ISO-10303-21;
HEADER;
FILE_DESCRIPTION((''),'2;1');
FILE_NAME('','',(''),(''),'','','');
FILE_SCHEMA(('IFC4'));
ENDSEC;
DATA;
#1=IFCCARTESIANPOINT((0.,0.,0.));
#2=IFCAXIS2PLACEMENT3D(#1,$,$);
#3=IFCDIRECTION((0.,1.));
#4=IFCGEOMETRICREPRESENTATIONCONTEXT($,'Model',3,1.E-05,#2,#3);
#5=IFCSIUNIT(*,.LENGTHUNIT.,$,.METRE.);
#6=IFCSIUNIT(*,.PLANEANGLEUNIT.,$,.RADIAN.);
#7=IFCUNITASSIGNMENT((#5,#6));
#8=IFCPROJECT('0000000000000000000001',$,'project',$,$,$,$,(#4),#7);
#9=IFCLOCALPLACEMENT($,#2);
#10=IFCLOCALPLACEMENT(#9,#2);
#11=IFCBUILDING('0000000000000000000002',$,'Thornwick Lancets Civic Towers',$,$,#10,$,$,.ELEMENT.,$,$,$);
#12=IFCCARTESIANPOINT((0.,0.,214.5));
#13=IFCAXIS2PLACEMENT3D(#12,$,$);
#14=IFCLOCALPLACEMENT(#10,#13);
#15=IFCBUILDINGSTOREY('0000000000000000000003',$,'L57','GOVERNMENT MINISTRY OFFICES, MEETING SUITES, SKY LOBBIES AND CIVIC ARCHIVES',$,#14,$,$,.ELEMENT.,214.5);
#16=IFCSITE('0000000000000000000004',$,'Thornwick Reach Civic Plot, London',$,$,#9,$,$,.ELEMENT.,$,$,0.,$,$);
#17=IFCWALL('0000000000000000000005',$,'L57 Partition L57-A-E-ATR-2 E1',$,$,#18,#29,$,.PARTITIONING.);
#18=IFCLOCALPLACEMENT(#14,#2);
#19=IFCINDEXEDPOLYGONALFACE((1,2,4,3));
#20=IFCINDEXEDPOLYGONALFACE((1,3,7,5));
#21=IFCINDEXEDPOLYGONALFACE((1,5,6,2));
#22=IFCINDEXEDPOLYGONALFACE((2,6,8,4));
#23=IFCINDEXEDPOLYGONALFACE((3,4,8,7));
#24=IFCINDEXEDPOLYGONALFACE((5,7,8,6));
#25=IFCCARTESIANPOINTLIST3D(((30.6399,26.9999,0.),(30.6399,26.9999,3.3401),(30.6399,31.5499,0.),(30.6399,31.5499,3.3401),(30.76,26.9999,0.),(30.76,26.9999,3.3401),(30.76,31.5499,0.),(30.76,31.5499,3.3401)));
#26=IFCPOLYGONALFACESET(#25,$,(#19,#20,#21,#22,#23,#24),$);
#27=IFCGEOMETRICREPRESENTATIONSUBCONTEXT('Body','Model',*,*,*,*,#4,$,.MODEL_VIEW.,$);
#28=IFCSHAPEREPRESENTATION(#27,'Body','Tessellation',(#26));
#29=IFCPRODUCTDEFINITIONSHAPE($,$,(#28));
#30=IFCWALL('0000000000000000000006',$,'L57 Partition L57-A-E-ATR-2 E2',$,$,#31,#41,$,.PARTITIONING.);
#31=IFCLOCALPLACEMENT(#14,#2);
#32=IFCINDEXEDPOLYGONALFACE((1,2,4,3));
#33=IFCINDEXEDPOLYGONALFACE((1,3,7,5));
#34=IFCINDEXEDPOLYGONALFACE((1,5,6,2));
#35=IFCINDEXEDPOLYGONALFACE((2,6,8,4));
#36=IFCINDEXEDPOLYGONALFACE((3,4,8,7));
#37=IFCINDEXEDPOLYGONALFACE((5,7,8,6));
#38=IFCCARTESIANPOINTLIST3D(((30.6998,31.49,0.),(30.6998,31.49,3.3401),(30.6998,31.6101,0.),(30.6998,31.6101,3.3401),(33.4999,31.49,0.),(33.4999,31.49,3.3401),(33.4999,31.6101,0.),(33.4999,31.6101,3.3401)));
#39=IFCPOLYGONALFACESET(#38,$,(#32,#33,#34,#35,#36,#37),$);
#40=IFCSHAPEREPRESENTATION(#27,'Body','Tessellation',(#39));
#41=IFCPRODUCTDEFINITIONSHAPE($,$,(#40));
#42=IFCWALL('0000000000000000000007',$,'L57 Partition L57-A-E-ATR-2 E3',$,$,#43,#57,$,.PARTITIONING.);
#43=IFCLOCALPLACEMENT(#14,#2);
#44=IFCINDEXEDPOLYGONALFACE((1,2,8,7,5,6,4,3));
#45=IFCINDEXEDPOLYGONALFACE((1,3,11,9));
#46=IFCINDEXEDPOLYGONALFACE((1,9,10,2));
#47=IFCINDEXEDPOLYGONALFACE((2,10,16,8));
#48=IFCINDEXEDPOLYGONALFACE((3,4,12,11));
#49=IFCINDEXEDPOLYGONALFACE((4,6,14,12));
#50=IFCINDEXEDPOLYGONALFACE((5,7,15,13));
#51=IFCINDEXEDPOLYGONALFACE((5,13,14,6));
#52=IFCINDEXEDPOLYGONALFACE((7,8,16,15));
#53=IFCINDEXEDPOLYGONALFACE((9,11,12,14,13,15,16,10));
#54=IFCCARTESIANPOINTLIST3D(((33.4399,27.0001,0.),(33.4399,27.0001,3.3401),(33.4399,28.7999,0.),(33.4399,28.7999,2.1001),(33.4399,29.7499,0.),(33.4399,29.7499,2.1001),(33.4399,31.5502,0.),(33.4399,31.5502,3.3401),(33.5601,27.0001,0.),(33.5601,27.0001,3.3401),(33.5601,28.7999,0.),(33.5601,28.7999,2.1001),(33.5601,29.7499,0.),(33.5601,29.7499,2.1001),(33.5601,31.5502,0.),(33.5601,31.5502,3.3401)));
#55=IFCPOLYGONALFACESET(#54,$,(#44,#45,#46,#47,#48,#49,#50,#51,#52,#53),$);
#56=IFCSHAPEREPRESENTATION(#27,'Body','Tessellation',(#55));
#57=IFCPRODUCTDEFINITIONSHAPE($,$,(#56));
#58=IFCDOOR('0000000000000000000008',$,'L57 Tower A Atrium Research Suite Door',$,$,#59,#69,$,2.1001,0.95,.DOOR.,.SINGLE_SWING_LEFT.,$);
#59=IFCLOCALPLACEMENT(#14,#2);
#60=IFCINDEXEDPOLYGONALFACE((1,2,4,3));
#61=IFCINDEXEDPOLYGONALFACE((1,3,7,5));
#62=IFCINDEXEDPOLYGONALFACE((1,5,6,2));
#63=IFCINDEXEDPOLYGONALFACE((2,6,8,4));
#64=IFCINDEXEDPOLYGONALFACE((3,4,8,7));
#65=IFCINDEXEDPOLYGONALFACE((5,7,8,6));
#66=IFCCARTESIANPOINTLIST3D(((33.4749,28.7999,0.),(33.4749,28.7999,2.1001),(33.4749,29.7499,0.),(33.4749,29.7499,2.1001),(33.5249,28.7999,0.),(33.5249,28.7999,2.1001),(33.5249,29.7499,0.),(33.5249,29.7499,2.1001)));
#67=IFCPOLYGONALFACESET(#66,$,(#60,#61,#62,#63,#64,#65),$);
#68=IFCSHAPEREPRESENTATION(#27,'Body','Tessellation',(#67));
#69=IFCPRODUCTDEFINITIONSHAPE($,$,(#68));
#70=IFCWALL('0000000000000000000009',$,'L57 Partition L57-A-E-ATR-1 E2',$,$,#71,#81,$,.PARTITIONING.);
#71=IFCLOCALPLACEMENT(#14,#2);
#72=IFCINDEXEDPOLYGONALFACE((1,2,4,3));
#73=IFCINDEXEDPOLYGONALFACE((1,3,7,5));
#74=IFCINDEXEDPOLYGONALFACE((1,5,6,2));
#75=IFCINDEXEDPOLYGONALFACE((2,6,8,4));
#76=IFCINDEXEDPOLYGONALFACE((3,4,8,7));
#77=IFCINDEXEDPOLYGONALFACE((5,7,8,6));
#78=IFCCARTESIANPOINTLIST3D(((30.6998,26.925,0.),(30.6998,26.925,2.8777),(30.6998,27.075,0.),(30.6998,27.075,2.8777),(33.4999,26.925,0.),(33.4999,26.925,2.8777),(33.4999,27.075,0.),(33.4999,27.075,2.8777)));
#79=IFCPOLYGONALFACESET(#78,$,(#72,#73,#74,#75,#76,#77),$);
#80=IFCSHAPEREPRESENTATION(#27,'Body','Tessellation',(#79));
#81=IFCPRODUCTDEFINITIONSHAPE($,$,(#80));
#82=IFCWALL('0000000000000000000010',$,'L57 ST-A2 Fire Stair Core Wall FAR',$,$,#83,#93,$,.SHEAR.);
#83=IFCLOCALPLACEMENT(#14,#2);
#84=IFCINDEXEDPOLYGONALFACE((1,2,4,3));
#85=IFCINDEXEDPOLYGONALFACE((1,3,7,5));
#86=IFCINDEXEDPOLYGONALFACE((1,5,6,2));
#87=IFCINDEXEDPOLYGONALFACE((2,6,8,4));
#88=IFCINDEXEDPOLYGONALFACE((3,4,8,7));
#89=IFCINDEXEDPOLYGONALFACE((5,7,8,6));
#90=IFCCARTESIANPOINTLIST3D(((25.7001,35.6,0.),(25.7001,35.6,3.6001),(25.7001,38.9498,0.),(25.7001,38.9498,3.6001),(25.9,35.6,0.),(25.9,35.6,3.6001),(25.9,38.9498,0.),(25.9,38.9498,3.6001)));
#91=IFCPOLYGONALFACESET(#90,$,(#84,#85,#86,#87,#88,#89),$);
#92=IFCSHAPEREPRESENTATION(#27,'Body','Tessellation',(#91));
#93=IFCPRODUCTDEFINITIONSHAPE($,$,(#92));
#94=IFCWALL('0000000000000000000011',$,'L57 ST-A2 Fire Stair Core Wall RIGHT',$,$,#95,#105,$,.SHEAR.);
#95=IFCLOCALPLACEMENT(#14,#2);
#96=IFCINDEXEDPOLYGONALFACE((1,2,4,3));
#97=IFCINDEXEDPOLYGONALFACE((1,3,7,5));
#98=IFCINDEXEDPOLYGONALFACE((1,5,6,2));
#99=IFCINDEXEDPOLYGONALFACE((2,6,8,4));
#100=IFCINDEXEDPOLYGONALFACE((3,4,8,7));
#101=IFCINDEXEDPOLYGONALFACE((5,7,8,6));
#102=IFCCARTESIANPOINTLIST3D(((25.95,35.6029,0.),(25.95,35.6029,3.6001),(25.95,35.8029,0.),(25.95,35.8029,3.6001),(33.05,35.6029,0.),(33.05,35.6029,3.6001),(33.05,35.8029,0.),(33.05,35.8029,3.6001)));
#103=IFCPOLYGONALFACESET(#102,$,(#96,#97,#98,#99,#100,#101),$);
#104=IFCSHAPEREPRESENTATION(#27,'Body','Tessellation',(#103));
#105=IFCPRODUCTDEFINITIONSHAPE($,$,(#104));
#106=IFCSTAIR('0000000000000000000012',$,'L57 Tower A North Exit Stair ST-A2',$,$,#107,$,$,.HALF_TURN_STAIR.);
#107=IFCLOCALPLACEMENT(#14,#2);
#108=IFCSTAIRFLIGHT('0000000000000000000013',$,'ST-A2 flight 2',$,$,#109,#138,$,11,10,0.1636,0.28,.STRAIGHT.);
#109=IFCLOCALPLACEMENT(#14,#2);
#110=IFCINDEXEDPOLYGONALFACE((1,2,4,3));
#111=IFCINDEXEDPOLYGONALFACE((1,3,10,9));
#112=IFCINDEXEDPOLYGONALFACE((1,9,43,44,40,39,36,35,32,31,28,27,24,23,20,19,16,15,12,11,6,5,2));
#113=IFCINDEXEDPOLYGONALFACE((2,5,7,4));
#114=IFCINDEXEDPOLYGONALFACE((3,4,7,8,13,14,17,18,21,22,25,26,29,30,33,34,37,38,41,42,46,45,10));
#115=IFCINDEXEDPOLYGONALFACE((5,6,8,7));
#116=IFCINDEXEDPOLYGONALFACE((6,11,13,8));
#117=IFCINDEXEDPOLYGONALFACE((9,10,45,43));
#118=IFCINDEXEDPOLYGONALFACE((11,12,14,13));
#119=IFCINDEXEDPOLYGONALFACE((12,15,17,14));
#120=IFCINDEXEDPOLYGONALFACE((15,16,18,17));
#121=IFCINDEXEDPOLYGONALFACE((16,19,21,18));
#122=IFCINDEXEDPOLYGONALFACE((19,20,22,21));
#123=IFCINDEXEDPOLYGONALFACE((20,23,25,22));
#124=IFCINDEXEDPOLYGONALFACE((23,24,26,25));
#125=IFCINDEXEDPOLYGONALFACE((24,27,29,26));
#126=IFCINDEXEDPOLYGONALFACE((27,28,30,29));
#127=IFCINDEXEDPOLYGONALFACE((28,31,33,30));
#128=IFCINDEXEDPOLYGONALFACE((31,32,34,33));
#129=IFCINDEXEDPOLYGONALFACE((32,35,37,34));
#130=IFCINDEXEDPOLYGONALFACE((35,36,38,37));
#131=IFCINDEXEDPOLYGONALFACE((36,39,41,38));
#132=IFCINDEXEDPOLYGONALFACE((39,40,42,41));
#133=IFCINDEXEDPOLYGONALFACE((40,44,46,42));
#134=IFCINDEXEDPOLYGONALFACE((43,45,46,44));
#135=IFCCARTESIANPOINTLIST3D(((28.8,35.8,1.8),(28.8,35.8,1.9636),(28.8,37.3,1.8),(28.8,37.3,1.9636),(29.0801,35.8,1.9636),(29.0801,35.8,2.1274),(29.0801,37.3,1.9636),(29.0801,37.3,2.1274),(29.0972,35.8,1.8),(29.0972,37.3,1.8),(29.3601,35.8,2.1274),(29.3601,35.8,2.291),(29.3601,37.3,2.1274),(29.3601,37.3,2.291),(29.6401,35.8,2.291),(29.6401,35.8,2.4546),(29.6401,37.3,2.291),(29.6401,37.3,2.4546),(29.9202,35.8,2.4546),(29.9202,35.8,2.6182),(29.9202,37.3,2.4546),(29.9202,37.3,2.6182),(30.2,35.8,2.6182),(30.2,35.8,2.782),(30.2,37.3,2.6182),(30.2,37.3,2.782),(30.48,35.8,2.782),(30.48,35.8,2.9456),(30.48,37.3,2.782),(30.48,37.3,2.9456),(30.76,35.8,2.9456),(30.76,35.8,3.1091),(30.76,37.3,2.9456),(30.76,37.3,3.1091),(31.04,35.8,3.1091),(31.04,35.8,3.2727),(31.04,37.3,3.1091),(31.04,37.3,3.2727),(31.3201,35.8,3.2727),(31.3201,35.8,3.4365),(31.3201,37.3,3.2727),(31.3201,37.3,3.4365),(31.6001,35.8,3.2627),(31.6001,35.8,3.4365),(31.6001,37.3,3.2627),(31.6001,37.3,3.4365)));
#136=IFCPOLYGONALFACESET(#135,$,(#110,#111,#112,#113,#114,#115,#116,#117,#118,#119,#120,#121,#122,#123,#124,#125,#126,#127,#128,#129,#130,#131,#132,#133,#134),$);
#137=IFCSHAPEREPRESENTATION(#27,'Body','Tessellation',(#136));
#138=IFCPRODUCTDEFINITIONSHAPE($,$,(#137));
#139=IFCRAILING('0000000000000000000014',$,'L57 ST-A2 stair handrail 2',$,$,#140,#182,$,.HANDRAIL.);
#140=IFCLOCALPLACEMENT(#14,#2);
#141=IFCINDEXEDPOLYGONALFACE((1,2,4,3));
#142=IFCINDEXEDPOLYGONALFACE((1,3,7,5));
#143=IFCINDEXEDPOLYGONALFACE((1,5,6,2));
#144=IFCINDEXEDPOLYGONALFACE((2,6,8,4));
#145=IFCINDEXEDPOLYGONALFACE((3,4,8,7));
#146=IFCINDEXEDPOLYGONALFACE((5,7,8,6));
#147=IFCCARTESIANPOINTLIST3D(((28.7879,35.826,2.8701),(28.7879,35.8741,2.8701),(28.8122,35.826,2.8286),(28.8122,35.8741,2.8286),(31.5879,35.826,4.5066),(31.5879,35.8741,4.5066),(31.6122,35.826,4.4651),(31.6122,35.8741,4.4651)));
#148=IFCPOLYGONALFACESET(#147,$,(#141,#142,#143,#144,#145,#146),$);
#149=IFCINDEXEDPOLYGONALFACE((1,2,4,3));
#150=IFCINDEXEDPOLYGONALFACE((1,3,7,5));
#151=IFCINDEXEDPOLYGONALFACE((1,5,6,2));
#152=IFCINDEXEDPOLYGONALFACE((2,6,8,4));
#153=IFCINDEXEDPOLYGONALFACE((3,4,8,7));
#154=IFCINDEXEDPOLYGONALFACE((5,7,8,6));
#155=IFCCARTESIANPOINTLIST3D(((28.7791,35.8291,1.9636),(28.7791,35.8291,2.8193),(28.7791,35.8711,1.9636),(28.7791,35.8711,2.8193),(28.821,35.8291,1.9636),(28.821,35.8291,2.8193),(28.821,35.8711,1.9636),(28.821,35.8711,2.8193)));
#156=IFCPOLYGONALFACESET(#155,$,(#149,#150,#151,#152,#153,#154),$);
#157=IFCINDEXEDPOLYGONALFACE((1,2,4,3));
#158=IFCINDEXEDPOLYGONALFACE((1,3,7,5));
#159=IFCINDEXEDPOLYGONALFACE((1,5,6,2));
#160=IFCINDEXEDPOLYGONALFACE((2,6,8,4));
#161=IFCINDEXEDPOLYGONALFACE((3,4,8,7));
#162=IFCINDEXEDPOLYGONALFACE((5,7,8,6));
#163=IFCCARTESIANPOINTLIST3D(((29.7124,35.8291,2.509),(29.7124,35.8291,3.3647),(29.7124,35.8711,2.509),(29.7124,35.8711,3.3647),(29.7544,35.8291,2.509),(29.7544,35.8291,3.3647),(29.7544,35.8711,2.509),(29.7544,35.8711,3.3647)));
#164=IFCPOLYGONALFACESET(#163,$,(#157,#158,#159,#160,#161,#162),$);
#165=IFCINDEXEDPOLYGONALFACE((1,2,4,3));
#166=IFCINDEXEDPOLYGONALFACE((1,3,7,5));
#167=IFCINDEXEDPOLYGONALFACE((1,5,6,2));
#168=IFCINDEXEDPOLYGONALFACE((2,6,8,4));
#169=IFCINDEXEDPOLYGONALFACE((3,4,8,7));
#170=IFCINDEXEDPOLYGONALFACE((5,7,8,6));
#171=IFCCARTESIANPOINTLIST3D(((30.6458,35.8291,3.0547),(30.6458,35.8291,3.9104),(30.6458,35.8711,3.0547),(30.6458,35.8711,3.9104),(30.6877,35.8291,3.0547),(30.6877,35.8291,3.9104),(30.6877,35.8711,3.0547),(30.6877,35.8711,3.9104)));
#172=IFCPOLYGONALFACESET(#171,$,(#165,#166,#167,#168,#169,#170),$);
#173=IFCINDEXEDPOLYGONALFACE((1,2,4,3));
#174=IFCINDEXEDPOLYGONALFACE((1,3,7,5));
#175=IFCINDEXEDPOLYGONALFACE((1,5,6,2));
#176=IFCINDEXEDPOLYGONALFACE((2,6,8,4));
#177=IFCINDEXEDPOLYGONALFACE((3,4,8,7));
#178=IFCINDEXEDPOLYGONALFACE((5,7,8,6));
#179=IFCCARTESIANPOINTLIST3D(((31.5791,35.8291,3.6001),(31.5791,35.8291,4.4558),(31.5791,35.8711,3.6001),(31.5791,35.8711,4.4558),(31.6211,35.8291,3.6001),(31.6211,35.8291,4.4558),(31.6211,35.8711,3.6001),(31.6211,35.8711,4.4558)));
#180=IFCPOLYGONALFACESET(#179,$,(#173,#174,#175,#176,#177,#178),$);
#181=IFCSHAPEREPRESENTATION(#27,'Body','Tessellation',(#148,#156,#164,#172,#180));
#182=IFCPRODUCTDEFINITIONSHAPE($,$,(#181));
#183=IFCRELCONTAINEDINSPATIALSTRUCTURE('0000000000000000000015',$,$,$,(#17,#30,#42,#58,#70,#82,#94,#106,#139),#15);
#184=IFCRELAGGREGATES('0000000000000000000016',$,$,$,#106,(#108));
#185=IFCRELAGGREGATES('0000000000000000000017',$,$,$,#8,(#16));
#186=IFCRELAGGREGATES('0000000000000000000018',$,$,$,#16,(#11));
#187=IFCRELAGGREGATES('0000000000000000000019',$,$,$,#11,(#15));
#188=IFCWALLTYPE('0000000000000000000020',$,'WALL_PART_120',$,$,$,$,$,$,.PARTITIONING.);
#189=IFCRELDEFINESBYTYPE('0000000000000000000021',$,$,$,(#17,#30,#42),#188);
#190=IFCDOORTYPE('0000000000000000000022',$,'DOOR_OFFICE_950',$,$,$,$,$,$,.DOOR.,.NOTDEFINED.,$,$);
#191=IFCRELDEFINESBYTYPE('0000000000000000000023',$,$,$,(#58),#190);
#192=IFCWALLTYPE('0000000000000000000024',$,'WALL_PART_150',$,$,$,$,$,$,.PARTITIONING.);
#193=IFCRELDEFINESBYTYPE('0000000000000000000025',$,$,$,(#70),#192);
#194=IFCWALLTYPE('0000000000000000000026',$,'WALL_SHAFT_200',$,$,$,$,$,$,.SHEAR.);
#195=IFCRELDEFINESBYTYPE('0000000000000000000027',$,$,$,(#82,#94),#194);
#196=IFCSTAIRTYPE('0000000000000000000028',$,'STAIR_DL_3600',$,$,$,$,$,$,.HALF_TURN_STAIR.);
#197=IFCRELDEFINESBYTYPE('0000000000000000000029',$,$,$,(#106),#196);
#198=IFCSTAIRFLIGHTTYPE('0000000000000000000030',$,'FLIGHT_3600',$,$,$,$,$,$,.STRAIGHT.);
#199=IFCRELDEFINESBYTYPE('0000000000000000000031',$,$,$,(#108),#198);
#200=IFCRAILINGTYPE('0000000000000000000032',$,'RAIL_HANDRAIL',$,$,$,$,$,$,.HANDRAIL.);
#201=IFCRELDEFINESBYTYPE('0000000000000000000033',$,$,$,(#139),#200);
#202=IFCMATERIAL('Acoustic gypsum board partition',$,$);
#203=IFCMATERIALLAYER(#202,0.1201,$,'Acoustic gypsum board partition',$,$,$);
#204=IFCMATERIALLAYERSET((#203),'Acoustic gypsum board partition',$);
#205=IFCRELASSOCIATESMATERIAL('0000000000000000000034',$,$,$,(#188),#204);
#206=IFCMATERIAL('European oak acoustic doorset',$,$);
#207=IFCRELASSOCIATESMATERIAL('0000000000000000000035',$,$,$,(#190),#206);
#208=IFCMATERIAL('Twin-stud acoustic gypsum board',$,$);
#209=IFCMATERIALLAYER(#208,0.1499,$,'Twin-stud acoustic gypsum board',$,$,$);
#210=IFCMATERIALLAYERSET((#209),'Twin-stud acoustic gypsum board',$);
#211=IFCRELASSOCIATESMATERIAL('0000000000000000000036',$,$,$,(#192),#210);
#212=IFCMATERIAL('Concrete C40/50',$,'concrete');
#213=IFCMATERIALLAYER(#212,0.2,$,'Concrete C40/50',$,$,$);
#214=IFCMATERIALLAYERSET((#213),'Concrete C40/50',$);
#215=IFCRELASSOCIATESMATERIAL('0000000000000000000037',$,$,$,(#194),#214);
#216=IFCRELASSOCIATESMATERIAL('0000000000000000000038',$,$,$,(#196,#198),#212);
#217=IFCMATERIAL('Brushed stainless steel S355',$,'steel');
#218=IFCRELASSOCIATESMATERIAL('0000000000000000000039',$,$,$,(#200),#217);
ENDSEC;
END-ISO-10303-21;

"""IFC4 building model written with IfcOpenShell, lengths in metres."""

from ifc_helpers import new_model, si_unit, direction, frame, frame_2d, origin, origin_2d, place, context, subcontext, project, spatial, polyline, rectangle, outline, extrude, material, layer, layer_set, type_object, element, fill, aggregate, save


model = new_model("IFC4")

# Units and contexts
model_context = context("Model", 3, precision=1e-05, world=origin(), true_north=direction((0.0, 1.0)))
body_context = subcontext(model_context, "Body", "Model", "MODEL_VIEW")
ifc_project = project(units=[si_unit("LENGTHUNIT", "METRE"), si_unit("PLANEANGLEUNIT", "RADIAN")], contexts=[model_context])

# Site, building, storey
site_placement = place(None, origin())
site = spatial("IfcSite", under=ifc_project, at=site_placement, Name="Thornwick Reach Civic Plot, London", CompositionType="ELEMENT", RefElevation=0.0)
building_placement = place(site_placement, origin())
building = spatial("IfcBuilding", under=site, at=building_placement, Name="Thornwick Lancets Civic Towers", CompositionType="ELEMENT")
storey_placement = place(building_placement, frame((0.0, 0.0, 214.5)))
storey = spatial("IfcBuildingStorey", under=building, at=storey_placement, Name="L57", Description="GOVERNMENT MINISTRY OFFICES, MEETING SUITES, SKY LOBBIES AND CIVIC ARCHIVES", CompositionType="ELEMENT", Elevation=214.5)

# Shared definitions
ifc_material_1 = material(Name="Acoustic gypsum board partition")
ifc_layer_1 = layer(ifc_material_1, 0.1201, Name="Acoustic gypsum board partition")
ifc_layer_set_1 = layer_set([ifc_layer_1], Name="Acoustic gypsum board partition")
wall_type_1 = type_object("IfcWallType", Name="WALL_PART_120", PredefinedType="PARTITIONING", material=ifc_layer_set_1)

# Walls
wall_1_placement = place(storey_placement, frame((30.7, 27.0, 0.0), z_axis=(0.0, 0.0, 1.0), x_axis=(0.0, 1.0, 0.0)))
element("IfcWall", 1, at=wall_1_placement, inside=storey, type_object=wall_type_1, Name="L57 Partition L57-A-E-ATR-2 E1", PredefinedType="PARTITIONING", context=body_context, shape_type="SweptSolid", body=[
    extrude(rectangle(XDim=4.55, YDim=0.1201, at=frame_2d((2.2749, 0.0))), origin(), (0.0, 0.0, 1.0), 3.3401),
])
wall_2_placement = place(storey_placement, frame((30.7, 31.55, 0.0), z_axis=(0.0, 0.0, 1.0), x_axis=(1.0, 0.0, 0.0)))
element("IfcWall", 2, at=wall_2_placement, inside=storey, type_object=wall_type_1, Name="L57 Partition L57-A-E-ATR-2 E2", PredefinedType="PARTITIONING", context=body_context, shape_type="SweptSolid", body=[
    extrude(rectangle(XDim=2.8, YDim=0.1201, at=frame_2d((1.3999, 0.0))), origin(), (0.0, 0.0, 1.0), 3.3401),
])

# Wall, opening, door
wall_3_placement = place(storey_placement, frame((33.5, 31.55, 0.0), z_axis=(0.0, 0.0, 1.0), x_axis=(0.0, -1.0, 0.0)))
wall_3 = element("IfcWall", 3, at=wall_3_placement, inside=storey, type_object=wall_type_1, Name="L57 Partition L57-A-E-ATR-2 E3", PredefinedType="PARTITIONING", context=body_context, shape_type="SweptSolid", body=[
    extrude(rectangle(XDim=4.55, YDim=0.1201, at=frame_2d((2.2749, 0.0))), origin(), (0.0, 0.0, 1.0), 3.3401),
])
opening_1_placement = place(wall_3_placement, frame((1.8, 0.0, 0.0)))
opening_1 = element("IfcOpeningElement", 4, at=opening_1_placement, cuts=wall_3, PredefinedType="OPENING", context=body_context, shape_type="SweptSolid", body=[
    extrude(rectangle(XDim=0.95, YDim=2.1001, at=frame_2d((0.4751, 1.05))), frame((0.0, 0.0701, 0.0), z_axis=(0.0, -1.0, 0.0), x_axis=(1.0, 0.0, 0.0)), (0.0, 0.0, 1.0), 0.1401),
])
ifc_material_2 = material(Name="European oak acoustic doorset")
door_type_1 = type_object("IfcDoorType", Name="DOOR_OFFICE_950", OperationType="NOTDEFINED", PredefinedType="DOOR", material=ifc_material_2)
door_1_placement = place(opening_1_placement, origin())
door_1 = element("IfcDoor", 5, at=door_1_placement, inside=storey, type_object=door_type_1, Name="L57 Tower A Atrium Research Suite Door", OperationType="SINGLE_SWING_LEFT", OverallHeight=2.1001, OverallWidth=0.95, PredefinedType="DOOR", context=body_context, shape_type="SweptSolid", body=[
    extrude(rectangle(XDim=0.95, YDim=2.1001, at=frame_2d((0.4751, 1.05))), frame((0.0, 0.0249, 0.0), z_axis=(0.0, -1.0, 0.0), x_axis=(1.0, 0.0, 0.0)), (0.0, 0.0, 1.0), 0.05),
])
fill(opening_1, door_1)

# Wall
ifc_material_3 = material(Name="Twin-stud acoustic gypsum board")
ifc_layer_2 = layer(ifc_material_3, 0.1499, Name="Twin-stud acoustic gypsum board")
ifc_layer_set_2 = layer_set([ifc_layer_2], Name="Twin-stud acoustic gypsum board")
wall_type_2 = type_object("IfcWallType", Name="WALL_PART_150", PredefinedType="PARTITIONING", material=ifc_layer_set_2)
wall_4_placement = place(storey_placement, frame((30.7, 27.0, 0.0), z_axis=(0.0, 0.0, 1.0), x_axis=(1.0, 0.0, 0.0)))
element("IfcWall", 6, at=wall_4_placement, inside=storey, type_object=wall_type_2, Name="L57 Partition L57-A-E-ATR-1 E2", PredefinedType="PARTITIONING", context=body_context, shape_type="SweptSolid", body=[
    extrude(rectangle(XDim=2.8, YDim=0.1499, at=frame_2d((1.3999, 0.0))), origin(), (0.0, 0.0, 1.0), 2.8777),
])

# Walls
ifc_material_4 = material(Name="Concrete C40/50", Category="concrete")
ifc_layer_3 = layer(ifc_material_4, 0.2, Name="Concrete C40/50")
ifc_layer_set_3 = layer_set([ifc_layer_3], Name="Concrete C40/50")
wall_type_3 = type_object("IfcWallType", Name="WALL_SHAFT_200", PredefinedType="SHEAR", material=ifc_layer_set_3)
wall_5_placement = place(storey_placement, frame((25.8, 35.6001, 0.0), z_axis=(0.0, 0.0, 1.0), x_axis=(0.0, 1.0, 0.0)))
element("IfcWall", 7, at=wall_5_placement, inside=storey, type_object=wall_type_3, Name="L57 ST-A2 Fire Stair Core Wall FAR", PredefinedType="SHEAR", context=body_context, shape_type="SweptSolid", body=[
    extrude(rectangle(XDim=3.3499, YDim=0.2, at=frame_2d((1.6748, 0.0))), origin(), (0.0, 0.0, 1.0), 3.6001),
])
wall_6_placement = place(storey_placement, frame((25.95, 35.7029, 0.0), z_axis=(0.0, 0.0, 1.0), x_axis=(1.0, 0.0, 0.0)))
element("IfcWall", 8, at=wall_6_placement, inside=storey, type_object=wall_type_3, Name="L57 ST-A2 Fire Stair Core Wall RIGHT", PredefinedType="SHEAR", context=body_context, shape_type="SweptSolid", body=[
    extrude(rectangle(XDim=7.1001, YDim=0.2, at=frame_2d((3.55, 0.0))), origin(), (0.0, 0.0, 1.0), 3.6001),
])

# Stair, stair flight
stair_type = type_object("IfcStairType", Name="STAIR_DL_3600", PredefinedType="HALF_TURN_STAIR", material=ifc_material_4)
stair_placement = place(storey_placement, origin())
stair = element("IfcStair", 9, at=stair_placement, inside=storey, type_object=stair_type, Name="L57 Tower A North Exit Stair ST-A2", PredefinedType="HALF_TURN_STAIR")
stair_flight_type = type_object("IfcStairFlightType", Name="FLIGHT_3600", PredefinedType="STRAIGHT", material=ifc_material_4)
stair_flight_placement = place(storey_placement, frame((28.8, 36.55, 1.8), z_axis=(0.0, 0.0, 1.0), x_axis=(1.0, 0.0, 0.0)))
stair_flight = element("IfcStairFlight", 10, at=stair_flight_placement, type_object=stair_flight_type, Name="ST-A2 flight 2", NumberOfRisers=11, NumberOfTreads=10, PredefinedType="STRAIGHT", RiserHeight=0.1636, TreadLength=0.28, context=body_context, shape_type="SweptSolid", body=[
    extrude(outline(polyline([(0.0, 0.0), (0.0, 0.1636), (0.28, 0.1636), (0.28, 0.3274), (0.5601, 0.3274), (0.5601, 0.491), (0.8401, 0.491), (0.8401, 0.6545), (1.1201, 0.6545), (1.1201, 0.8181), (1.3999, 0.8181), (1.3999, 0.9819), (1.6799, 0.9819), (1.6799, 1.1455), (1.96, 1.1455), (1.96, 1.3091), (2.24, 1.3091), (2.24, 1.4727), (2.52, 1.4727), (2.52, 1.6365), (2.8, 1.6365), (2.8, 1.8), (2.8, 1.4626), (0.2971, 0.0), (0.0, 0.0)])), frame((0.0, 0.75, 0.0), z_axis=(0.0, -1.0, 0.0), x_axis=(1.0, 0.0, 0.0)), (0.0, 0.0, 1.0), 1.5),
])
aggregate(stair, [stair_flight])

# Railing
ifc_material_5 = material(Name="Brushed stainless steel S355", Category="steel")
railing_type = type_object("IfcRailingType", Name="RAIL_HANDRAIL", PredefinedType="HANDRAIL", material=ifc_material_5)
railing_placement = place(storey_placement, frame((28.8, 35.8501, 1.9636)))
element("IfcRailing", 11, at=railing_placement, inside=storey, type_object=railing_type, Name="L57 ST-A2 stair handrail 2", PredefinedType="HANDRAIL", context=body_context, shape_type="SweptSolid", body=[
    extrude(rectangle(XDim=0.0481, YDim=0.0481, at=origin_2d()), frame((0.0, 0.0, 0.8857), z_axis=(0.863361, 0.0, 0.504587), x_axis=(0.0, 1.0, 0.0)), (0.0, 0.0, 1.0), 3.2432),
    extrude(rectangle(XDim=0.042, YDim=0.042, at=origin_2d()), origin(), (0.0, 0.0, 1.0), 0.8557),
    extrude(rectangle(XDim=0.042, YDim=0.042, at=origin_2d()), frame((0.9333, 0.0, 0.5454)), (0.0, 0.0, 1.0), 0.8557),
    extrude(rectangle(XDim=0.042, YDim=0.042, at=origin_2d()), frame((1.8667, 0.0, 1.0911)), (0.0, 0.0, 1.0), 0.8557),
    extrude(rectangle(XDim=0.042, YDim=0.042, at=origin_2d()), frame((2.8, 0.0, 1.6365)), (0.0, 0.0, 1.0), 0.8557),
])

save(model, "model.ifc")
